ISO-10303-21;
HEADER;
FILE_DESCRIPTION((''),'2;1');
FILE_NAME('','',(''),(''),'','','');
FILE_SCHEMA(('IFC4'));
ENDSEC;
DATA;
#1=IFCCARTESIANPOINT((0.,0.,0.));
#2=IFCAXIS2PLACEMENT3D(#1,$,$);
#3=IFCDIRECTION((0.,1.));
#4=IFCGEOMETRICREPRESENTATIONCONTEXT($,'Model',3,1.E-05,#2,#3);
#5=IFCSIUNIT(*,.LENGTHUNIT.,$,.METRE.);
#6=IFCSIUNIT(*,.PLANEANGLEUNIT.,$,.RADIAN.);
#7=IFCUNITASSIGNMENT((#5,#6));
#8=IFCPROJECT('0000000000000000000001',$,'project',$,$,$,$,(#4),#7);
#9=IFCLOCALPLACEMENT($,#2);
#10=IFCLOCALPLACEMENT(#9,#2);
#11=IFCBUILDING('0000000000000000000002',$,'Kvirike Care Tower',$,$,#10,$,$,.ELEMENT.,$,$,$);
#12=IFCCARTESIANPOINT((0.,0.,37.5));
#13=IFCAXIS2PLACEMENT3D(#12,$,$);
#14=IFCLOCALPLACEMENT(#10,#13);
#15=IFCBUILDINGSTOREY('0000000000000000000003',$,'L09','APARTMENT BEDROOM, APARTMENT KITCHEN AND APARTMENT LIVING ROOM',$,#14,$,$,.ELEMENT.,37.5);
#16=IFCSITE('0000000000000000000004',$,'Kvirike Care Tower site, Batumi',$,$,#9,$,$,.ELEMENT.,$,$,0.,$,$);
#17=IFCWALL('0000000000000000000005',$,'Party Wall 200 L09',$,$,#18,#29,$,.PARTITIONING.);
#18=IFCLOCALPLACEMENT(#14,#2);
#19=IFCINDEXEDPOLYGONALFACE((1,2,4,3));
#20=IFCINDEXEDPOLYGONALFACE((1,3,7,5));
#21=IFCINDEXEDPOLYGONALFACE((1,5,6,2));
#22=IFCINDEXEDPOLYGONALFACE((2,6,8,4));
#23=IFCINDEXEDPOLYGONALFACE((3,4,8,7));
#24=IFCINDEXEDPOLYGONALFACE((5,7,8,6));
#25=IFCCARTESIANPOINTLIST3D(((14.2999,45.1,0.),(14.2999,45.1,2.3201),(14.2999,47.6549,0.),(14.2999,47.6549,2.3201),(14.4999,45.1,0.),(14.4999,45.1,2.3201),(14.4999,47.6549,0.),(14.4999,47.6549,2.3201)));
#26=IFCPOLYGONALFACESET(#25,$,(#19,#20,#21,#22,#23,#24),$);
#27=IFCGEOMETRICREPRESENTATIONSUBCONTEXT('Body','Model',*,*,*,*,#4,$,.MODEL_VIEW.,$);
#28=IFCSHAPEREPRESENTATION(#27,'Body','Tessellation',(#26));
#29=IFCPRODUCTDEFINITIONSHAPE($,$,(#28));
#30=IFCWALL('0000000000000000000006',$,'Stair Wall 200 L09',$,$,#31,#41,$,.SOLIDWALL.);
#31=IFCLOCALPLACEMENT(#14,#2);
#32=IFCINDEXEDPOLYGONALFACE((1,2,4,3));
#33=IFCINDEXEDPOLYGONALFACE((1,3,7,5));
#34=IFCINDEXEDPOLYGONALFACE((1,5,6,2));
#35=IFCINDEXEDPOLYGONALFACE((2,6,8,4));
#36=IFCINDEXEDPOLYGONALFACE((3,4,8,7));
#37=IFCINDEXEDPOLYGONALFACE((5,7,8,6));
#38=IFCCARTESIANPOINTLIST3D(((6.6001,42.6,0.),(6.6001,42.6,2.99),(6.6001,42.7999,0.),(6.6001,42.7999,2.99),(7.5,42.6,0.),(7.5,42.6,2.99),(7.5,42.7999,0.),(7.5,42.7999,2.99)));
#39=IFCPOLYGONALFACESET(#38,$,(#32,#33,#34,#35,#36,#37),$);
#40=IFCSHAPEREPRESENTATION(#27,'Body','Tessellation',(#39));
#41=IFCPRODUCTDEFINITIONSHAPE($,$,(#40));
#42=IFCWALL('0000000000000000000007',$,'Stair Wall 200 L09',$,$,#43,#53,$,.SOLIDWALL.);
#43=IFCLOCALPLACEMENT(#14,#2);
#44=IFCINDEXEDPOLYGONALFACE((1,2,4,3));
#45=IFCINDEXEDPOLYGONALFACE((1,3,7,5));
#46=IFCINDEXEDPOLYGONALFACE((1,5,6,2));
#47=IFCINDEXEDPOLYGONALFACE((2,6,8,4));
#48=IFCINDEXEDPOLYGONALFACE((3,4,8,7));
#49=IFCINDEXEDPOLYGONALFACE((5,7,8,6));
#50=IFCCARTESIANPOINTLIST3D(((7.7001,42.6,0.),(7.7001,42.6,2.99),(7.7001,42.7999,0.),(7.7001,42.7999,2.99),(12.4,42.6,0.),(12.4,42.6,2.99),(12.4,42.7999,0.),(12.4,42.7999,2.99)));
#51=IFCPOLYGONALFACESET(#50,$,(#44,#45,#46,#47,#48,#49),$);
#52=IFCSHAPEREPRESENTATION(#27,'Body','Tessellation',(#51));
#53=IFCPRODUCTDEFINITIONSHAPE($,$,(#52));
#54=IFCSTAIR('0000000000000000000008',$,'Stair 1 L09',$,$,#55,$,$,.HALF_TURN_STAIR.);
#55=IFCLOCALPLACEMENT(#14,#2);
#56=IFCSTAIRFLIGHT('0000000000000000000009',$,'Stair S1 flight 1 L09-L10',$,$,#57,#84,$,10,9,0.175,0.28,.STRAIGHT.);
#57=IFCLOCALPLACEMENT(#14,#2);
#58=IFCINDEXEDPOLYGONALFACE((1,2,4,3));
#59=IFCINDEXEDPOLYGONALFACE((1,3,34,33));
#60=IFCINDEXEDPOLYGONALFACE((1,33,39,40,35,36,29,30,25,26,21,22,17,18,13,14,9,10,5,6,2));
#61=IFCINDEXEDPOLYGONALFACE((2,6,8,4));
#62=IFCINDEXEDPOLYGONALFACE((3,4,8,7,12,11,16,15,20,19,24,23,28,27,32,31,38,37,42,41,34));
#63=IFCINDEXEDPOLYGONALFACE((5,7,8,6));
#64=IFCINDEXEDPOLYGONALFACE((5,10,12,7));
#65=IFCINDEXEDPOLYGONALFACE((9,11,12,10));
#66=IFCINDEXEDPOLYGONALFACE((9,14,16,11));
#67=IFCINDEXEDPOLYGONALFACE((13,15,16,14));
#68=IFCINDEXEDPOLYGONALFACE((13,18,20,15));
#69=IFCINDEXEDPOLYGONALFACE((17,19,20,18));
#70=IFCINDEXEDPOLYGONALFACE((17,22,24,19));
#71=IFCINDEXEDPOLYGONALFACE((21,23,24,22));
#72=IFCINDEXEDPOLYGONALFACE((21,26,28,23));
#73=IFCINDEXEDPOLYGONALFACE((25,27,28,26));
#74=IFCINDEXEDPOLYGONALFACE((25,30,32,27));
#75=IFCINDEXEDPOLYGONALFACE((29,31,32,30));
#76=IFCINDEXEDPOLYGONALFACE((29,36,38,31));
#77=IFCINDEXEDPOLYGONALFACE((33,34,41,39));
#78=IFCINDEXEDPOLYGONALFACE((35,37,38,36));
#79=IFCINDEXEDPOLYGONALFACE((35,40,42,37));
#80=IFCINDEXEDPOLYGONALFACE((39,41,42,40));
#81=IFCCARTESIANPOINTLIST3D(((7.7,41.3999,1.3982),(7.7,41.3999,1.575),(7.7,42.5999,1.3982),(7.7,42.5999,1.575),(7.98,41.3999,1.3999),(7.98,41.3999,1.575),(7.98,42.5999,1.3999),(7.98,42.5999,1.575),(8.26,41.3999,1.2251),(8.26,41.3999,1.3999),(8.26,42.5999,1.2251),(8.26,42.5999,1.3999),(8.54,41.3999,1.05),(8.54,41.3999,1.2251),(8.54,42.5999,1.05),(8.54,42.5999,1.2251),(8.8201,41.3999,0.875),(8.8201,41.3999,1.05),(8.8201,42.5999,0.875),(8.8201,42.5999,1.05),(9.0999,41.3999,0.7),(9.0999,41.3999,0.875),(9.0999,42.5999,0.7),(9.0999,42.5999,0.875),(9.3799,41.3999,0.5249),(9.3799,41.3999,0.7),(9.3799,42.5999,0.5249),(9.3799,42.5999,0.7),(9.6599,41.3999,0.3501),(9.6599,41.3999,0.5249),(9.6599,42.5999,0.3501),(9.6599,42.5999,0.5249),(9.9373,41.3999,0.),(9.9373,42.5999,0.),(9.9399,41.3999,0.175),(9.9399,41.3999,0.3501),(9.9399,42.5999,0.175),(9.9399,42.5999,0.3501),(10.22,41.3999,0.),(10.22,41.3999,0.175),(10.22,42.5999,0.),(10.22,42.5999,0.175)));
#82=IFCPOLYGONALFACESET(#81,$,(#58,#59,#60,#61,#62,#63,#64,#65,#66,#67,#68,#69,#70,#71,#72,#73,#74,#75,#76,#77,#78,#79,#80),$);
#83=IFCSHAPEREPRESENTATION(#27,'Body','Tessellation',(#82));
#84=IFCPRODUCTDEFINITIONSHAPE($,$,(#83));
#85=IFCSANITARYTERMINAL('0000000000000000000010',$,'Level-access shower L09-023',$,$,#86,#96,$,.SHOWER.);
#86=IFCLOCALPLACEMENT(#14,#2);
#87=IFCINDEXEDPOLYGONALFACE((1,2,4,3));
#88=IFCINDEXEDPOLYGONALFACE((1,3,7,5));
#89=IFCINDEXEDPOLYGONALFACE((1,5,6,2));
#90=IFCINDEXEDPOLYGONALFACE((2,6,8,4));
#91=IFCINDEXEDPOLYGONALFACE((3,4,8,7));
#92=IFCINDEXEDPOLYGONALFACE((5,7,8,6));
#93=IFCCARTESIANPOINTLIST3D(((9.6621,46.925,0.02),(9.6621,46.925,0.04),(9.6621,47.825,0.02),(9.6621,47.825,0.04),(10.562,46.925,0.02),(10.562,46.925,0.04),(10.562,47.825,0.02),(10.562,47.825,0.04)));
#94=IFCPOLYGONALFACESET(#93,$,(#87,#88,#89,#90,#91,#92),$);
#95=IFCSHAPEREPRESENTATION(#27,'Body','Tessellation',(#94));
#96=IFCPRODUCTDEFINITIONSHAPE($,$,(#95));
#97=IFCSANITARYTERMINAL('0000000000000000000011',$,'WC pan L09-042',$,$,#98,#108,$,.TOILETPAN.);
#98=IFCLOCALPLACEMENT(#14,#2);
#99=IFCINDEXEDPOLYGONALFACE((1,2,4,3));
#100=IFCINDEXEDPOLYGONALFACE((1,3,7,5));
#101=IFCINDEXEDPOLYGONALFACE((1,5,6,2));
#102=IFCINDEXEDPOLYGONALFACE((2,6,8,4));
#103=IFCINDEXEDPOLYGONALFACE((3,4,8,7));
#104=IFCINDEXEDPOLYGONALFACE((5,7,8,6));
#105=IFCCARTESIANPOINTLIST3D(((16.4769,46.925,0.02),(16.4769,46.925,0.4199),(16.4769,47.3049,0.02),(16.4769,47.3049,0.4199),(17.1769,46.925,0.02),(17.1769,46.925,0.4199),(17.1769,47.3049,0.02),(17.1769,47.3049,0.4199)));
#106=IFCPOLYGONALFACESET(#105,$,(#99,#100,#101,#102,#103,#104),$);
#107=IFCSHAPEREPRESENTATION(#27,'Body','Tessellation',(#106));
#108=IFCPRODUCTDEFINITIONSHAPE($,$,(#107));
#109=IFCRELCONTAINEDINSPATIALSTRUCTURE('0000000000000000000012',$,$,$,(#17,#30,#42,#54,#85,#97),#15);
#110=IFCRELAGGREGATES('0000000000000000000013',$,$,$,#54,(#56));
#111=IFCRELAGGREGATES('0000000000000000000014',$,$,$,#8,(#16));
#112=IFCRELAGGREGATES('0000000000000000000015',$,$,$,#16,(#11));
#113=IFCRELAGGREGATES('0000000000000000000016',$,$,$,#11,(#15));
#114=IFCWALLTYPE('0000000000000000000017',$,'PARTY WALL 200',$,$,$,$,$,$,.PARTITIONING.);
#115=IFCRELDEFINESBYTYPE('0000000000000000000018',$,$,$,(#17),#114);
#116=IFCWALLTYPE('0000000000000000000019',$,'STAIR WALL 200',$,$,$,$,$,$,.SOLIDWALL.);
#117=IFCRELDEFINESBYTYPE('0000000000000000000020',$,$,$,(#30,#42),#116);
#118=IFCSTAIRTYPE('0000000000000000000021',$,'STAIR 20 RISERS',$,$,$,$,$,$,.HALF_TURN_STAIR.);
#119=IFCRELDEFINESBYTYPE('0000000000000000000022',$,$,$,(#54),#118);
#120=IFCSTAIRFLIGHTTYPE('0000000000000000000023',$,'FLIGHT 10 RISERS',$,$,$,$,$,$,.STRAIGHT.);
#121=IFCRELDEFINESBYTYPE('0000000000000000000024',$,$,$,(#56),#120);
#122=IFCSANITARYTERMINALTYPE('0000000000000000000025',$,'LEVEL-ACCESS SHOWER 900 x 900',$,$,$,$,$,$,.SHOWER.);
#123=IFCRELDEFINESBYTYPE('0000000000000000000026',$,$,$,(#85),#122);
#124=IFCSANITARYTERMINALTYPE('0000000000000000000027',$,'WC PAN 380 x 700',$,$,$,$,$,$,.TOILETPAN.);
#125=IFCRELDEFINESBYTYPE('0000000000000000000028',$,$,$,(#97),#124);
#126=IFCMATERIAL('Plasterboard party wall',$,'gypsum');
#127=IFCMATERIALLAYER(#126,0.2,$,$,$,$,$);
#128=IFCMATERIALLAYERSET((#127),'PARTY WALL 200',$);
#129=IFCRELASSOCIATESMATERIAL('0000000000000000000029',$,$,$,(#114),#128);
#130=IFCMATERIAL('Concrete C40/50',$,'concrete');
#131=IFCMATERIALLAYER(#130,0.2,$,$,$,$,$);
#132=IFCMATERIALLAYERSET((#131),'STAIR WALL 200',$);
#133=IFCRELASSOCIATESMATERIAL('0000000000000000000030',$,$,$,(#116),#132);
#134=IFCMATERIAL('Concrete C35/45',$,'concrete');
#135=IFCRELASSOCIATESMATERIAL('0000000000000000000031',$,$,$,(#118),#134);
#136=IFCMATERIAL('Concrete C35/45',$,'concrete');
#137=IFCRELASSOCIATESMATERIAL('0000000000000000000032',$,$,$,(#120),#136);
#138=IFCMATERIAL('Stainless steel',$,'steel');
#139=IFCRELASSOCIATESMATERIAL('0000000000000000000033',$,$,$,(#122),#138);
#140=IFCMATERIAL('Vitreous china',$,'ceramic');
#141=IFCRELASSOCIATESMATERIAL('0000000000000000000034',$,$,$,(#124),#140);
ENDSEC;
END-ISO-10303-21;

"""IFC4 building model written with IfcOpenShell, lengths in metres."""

from ifc_helpers import new_model, si_unit, direction, frame, frame_2d, origin, origin_2d, place, context, subcontext, project, spatial, polyline, rectangle, outline, extrude, material, layer, layer_set, type_object, element, aggregate, save


model = new_model("IFC4")

# Units and contexts
model_context = context("Model", 3, precision=1e-05, world=origin(), true_north=direction((0.0, 1.0)))
body_context = subcontext(model_context, "Body", "Model", "MODEL_VIEW")
ifc_project = project(units=[si_unit("LENGTHUNIT", "METRE"), si_unit("PLANEANGLEUNIT", "RADIAN")], contexts=[model_context])

# Site, building, storey
site_placement = place(None, origin())
site = spatial("IfcSite", under=ifc_project, at=site_placement, Name="Kvirike Care Tower site, Batumi", CompositionType="ELEMENT", RefElevation=0.0)
building_placement = place(site_placement, origin())
building = spatial("IfcBuilding", under=site, at=building_placement, Name="Kvirike Care Tower", CompositionType="ELEMENT")
storey_placement = place(building_placement, frame((0.0, 0.0, 37.5)))
storey = spatial("IfcBuildingStorey", under=building, at=storey_placement, Name="L09", Description="APARTMENT BEDROOM, APARTMENT KITCHEN AND APARTMENT LIVING ROOM", CompositionType="ELEMENT", Elevation=37.5)

# Walls
ifc_material_1 = material(Name="Plasterboard party wall", Category="gypsum")
ifc_layer_1 = layer(ifc_material_1, 0.2)
ifc_layer_set_1 = layer_set([ifc_layer_1], Name="PARTY WALL 200")
wall_type_1 = type_object("IfcWallType", Name="PARTY WALL 200", PredefinedType="PARTITIONING", material=ifc_layer_set_1)
wall_1_placement = place(storey_placement, frame((14.3999, 45.1001, 0.0), z_axis=(0.0, 0.0, 1.0), x_axis=(0.0, 1.0, 0.0)))
element("IfcWall", 1, at=wall_1_placement, inside=storey, type_object=wall_type_1, Name="Party Wall 200 L09", PredefinedType="PARTITIONING", context=body_context, shape_type="SweptSolid", body=[
    extrude(rectangle(XDim=2.5549, YDim=0.2, at=frame_2d((1.2773, 0.0))), origin(), (0.0, 0.0, 1.0), 2.3201),
])
ifc_material_2 = material(Name="Concrete C40/50", Category="concrete")
ifc_layer_2 = layer(ifc_material_2, 0.2)
ifc_layer_set_2 = layer_set([ifc_layer_2], Name="STAIR WALL 200")
wall_type_2 = type_object("IfcWallType", Name="STAIR WALL 200", PredefinedType="SOLIDWALL", material=ifc_layer_set_2)
wall_2_placement = place(storey_placement, frame((6.6001, 42.7, 0.0), z_axis=(0.0, 0.0, 1.0), x_axis=(1.0, 0.0, 0.0)))
element("IfcWall", 2, at=wall_2_placement, inside=storey, type_object=wall_type_2, Name="Stair Wall 200 L09", PredefinedType="SOLIDWALL", context=body_context, shape_type="SweptSolid", body=[
    extrude(rectangle(XDim=0.8999, YDim=0.2, at=frame_2d((0.45, 0.0))), origin(), (0.0, 0.0, 1.0), 2.99),
])
wall_3_placement = place(storey_placement, frame((7.7, 42.7, 0.0), z_axis=(0.0, 0.0, 1.0), x_axis=(1.0, 0.0, 0.0)))
element("IfcWall", 3, at=wall_3_placement, inside=storey, type_object=wall_type_2, Name="Stair Wall 200 L09", PredefinedType="SOLIDWALL", context=body_context, shape_type="SweptSolid", body=[
    extrude(rectangle(XDim=4.7, YDim=0.2, at=frame_2d((2.3501, 0.0))), origin(), (0.0, 0.0, 1.0), 2.99),
])

# Stair, stair flight
ifc_material_3 = material(Name="Concrete C35/45", Category="concrete")
stair_type = type_object("IfcStairType", Name="STAIR 20 RISERS", PredefinedType="HALF_TURN_STAIR", material=ifc_material_3)
stair_placement = place(storey_placement, origin())
stair = element("IfcStair", 4, at=stair_placement, inside=storey, type_object=stair_type, Name="Stair 1 L09", PredefinedType="HALF_TURN_STAIR")
ifc_material_4 = material(Name="Concrete C35/45", Category="concrete")
stair_flight_type = type_object("IfcStairFlightType", Name="FLIGHT 10 RISERS", PredefinedType="STRAIGHT", material=ifc_material_4)
stair_flight_placement = place(storey_placement, frame((10.22, 42.0, 0.0), z_axis=(0.0, 0.0, 1.0), x_axis=(-1.0, 0.0, 0.0)))
stair_flight = element("IfcStairFlight", 5, at=stair_flight_placement, type_object=stair_flight_type, Name="Stair S1 flight 1 L09-L10", NumberOfRisers=10, NumberOfTreads=9, PredefinedType="STRAIGHT", RiserHeight=0.175, TreadLength=0.28, context=body_context, shape_type="SweptSolid", body=[
    extrude(outline(polyline([(0.0, 0.0), (0.0, 0.175), (0.28, 0.175), (0.28, 0.3501), (0.5601, 0.3501), (0.5601, 0.5249), (0.8401, 0.5249), (0.8401, 0.7), (1.1201, 0.7), (1.1201, 0.875), (1.3999, 0.875), (1.3999, 1.05), (1.6799, 1.05), (1.6799, 1.2251), (1.96, 1.2251), (1.96, 1.3999), (2.24, 1.3999), (2.24, 1.575), (2.52, 1.575), (2.52, 1.75), (2.52, 1.3982), (0.2827, 0.0), (0.0, 0.0)])), frame((0.0, 0.6001, 0.0), z_axis=(0.0, -1.0, 0.0), x_axis=(1.0, 0.0, 0.0)), (0.0, 0.0, 1.0), 1.2),
])
aggregate(stair, [stair_flight])

# Sanitary terminals
ifc_material_5 = material(Name="Stainless steel", Category="steel")
sanitary_terminal_type_1 = type_object("IfcSanitaryTerminalType", Name="LEVEL-ACCESS SHOWER 900 x 900", PredefinedType="SHOWER", material=ifc_material_5)
sanitary_terminal_1_placement = place(storey_placement, frame((10.1121, 47.375, 0.02), z_axis=(0.0, 0.0, 1.0), x_axis=(0.0, 1.0, 0.0)))
element("IfcSanitaryTerminal", 6, at=sanitary_terminal_1_placement, inside=storey, type_object=sanitary_terminal_type_1, Name="Level-access shower L09-023", PredefinedType="SHOWER", context=body_context, shape_type="SweptSolid", body=[
    extrude(rectangle(XDim=0.8999, YDim=0.8999, at=origin_2d()), origin(), (0.0, 0.0, 1.0), 0.02),
])
ifc_material_6 = material(Name="Vitreous china", Category="ceramic")
sanitary_terminal_type_2 = type_object("IfcSanitaryTerminalType", Name="WC PAN 380 x 700", PredefinedType="TOILETPAN", material=ifc_material_6)
sanitary_terminal_2_placement = place(storey_placement, frame((16.8269, 47.115, 0.02), z_axis=(0.0, 0.0, 1.0), x_axis=(0.0, 1.0, 0.0)))
element("IfcSanitaryTerminal", 7, at=sanitary_terminal_2_placement, inside=storey, type_object=sanitary_terminal_type_2, Name="WC pan L09-042", PredefinedType="TOILETPAN", context=body_context, shape_type="SweptSolid", body=[
    extrude(rectangle(XDim=0.3799, YDim=0.7, at=origin_2d()), origin(), (0.0, 0.0, 1.0), 0.3999),
])

save(model, "model.ifc")
